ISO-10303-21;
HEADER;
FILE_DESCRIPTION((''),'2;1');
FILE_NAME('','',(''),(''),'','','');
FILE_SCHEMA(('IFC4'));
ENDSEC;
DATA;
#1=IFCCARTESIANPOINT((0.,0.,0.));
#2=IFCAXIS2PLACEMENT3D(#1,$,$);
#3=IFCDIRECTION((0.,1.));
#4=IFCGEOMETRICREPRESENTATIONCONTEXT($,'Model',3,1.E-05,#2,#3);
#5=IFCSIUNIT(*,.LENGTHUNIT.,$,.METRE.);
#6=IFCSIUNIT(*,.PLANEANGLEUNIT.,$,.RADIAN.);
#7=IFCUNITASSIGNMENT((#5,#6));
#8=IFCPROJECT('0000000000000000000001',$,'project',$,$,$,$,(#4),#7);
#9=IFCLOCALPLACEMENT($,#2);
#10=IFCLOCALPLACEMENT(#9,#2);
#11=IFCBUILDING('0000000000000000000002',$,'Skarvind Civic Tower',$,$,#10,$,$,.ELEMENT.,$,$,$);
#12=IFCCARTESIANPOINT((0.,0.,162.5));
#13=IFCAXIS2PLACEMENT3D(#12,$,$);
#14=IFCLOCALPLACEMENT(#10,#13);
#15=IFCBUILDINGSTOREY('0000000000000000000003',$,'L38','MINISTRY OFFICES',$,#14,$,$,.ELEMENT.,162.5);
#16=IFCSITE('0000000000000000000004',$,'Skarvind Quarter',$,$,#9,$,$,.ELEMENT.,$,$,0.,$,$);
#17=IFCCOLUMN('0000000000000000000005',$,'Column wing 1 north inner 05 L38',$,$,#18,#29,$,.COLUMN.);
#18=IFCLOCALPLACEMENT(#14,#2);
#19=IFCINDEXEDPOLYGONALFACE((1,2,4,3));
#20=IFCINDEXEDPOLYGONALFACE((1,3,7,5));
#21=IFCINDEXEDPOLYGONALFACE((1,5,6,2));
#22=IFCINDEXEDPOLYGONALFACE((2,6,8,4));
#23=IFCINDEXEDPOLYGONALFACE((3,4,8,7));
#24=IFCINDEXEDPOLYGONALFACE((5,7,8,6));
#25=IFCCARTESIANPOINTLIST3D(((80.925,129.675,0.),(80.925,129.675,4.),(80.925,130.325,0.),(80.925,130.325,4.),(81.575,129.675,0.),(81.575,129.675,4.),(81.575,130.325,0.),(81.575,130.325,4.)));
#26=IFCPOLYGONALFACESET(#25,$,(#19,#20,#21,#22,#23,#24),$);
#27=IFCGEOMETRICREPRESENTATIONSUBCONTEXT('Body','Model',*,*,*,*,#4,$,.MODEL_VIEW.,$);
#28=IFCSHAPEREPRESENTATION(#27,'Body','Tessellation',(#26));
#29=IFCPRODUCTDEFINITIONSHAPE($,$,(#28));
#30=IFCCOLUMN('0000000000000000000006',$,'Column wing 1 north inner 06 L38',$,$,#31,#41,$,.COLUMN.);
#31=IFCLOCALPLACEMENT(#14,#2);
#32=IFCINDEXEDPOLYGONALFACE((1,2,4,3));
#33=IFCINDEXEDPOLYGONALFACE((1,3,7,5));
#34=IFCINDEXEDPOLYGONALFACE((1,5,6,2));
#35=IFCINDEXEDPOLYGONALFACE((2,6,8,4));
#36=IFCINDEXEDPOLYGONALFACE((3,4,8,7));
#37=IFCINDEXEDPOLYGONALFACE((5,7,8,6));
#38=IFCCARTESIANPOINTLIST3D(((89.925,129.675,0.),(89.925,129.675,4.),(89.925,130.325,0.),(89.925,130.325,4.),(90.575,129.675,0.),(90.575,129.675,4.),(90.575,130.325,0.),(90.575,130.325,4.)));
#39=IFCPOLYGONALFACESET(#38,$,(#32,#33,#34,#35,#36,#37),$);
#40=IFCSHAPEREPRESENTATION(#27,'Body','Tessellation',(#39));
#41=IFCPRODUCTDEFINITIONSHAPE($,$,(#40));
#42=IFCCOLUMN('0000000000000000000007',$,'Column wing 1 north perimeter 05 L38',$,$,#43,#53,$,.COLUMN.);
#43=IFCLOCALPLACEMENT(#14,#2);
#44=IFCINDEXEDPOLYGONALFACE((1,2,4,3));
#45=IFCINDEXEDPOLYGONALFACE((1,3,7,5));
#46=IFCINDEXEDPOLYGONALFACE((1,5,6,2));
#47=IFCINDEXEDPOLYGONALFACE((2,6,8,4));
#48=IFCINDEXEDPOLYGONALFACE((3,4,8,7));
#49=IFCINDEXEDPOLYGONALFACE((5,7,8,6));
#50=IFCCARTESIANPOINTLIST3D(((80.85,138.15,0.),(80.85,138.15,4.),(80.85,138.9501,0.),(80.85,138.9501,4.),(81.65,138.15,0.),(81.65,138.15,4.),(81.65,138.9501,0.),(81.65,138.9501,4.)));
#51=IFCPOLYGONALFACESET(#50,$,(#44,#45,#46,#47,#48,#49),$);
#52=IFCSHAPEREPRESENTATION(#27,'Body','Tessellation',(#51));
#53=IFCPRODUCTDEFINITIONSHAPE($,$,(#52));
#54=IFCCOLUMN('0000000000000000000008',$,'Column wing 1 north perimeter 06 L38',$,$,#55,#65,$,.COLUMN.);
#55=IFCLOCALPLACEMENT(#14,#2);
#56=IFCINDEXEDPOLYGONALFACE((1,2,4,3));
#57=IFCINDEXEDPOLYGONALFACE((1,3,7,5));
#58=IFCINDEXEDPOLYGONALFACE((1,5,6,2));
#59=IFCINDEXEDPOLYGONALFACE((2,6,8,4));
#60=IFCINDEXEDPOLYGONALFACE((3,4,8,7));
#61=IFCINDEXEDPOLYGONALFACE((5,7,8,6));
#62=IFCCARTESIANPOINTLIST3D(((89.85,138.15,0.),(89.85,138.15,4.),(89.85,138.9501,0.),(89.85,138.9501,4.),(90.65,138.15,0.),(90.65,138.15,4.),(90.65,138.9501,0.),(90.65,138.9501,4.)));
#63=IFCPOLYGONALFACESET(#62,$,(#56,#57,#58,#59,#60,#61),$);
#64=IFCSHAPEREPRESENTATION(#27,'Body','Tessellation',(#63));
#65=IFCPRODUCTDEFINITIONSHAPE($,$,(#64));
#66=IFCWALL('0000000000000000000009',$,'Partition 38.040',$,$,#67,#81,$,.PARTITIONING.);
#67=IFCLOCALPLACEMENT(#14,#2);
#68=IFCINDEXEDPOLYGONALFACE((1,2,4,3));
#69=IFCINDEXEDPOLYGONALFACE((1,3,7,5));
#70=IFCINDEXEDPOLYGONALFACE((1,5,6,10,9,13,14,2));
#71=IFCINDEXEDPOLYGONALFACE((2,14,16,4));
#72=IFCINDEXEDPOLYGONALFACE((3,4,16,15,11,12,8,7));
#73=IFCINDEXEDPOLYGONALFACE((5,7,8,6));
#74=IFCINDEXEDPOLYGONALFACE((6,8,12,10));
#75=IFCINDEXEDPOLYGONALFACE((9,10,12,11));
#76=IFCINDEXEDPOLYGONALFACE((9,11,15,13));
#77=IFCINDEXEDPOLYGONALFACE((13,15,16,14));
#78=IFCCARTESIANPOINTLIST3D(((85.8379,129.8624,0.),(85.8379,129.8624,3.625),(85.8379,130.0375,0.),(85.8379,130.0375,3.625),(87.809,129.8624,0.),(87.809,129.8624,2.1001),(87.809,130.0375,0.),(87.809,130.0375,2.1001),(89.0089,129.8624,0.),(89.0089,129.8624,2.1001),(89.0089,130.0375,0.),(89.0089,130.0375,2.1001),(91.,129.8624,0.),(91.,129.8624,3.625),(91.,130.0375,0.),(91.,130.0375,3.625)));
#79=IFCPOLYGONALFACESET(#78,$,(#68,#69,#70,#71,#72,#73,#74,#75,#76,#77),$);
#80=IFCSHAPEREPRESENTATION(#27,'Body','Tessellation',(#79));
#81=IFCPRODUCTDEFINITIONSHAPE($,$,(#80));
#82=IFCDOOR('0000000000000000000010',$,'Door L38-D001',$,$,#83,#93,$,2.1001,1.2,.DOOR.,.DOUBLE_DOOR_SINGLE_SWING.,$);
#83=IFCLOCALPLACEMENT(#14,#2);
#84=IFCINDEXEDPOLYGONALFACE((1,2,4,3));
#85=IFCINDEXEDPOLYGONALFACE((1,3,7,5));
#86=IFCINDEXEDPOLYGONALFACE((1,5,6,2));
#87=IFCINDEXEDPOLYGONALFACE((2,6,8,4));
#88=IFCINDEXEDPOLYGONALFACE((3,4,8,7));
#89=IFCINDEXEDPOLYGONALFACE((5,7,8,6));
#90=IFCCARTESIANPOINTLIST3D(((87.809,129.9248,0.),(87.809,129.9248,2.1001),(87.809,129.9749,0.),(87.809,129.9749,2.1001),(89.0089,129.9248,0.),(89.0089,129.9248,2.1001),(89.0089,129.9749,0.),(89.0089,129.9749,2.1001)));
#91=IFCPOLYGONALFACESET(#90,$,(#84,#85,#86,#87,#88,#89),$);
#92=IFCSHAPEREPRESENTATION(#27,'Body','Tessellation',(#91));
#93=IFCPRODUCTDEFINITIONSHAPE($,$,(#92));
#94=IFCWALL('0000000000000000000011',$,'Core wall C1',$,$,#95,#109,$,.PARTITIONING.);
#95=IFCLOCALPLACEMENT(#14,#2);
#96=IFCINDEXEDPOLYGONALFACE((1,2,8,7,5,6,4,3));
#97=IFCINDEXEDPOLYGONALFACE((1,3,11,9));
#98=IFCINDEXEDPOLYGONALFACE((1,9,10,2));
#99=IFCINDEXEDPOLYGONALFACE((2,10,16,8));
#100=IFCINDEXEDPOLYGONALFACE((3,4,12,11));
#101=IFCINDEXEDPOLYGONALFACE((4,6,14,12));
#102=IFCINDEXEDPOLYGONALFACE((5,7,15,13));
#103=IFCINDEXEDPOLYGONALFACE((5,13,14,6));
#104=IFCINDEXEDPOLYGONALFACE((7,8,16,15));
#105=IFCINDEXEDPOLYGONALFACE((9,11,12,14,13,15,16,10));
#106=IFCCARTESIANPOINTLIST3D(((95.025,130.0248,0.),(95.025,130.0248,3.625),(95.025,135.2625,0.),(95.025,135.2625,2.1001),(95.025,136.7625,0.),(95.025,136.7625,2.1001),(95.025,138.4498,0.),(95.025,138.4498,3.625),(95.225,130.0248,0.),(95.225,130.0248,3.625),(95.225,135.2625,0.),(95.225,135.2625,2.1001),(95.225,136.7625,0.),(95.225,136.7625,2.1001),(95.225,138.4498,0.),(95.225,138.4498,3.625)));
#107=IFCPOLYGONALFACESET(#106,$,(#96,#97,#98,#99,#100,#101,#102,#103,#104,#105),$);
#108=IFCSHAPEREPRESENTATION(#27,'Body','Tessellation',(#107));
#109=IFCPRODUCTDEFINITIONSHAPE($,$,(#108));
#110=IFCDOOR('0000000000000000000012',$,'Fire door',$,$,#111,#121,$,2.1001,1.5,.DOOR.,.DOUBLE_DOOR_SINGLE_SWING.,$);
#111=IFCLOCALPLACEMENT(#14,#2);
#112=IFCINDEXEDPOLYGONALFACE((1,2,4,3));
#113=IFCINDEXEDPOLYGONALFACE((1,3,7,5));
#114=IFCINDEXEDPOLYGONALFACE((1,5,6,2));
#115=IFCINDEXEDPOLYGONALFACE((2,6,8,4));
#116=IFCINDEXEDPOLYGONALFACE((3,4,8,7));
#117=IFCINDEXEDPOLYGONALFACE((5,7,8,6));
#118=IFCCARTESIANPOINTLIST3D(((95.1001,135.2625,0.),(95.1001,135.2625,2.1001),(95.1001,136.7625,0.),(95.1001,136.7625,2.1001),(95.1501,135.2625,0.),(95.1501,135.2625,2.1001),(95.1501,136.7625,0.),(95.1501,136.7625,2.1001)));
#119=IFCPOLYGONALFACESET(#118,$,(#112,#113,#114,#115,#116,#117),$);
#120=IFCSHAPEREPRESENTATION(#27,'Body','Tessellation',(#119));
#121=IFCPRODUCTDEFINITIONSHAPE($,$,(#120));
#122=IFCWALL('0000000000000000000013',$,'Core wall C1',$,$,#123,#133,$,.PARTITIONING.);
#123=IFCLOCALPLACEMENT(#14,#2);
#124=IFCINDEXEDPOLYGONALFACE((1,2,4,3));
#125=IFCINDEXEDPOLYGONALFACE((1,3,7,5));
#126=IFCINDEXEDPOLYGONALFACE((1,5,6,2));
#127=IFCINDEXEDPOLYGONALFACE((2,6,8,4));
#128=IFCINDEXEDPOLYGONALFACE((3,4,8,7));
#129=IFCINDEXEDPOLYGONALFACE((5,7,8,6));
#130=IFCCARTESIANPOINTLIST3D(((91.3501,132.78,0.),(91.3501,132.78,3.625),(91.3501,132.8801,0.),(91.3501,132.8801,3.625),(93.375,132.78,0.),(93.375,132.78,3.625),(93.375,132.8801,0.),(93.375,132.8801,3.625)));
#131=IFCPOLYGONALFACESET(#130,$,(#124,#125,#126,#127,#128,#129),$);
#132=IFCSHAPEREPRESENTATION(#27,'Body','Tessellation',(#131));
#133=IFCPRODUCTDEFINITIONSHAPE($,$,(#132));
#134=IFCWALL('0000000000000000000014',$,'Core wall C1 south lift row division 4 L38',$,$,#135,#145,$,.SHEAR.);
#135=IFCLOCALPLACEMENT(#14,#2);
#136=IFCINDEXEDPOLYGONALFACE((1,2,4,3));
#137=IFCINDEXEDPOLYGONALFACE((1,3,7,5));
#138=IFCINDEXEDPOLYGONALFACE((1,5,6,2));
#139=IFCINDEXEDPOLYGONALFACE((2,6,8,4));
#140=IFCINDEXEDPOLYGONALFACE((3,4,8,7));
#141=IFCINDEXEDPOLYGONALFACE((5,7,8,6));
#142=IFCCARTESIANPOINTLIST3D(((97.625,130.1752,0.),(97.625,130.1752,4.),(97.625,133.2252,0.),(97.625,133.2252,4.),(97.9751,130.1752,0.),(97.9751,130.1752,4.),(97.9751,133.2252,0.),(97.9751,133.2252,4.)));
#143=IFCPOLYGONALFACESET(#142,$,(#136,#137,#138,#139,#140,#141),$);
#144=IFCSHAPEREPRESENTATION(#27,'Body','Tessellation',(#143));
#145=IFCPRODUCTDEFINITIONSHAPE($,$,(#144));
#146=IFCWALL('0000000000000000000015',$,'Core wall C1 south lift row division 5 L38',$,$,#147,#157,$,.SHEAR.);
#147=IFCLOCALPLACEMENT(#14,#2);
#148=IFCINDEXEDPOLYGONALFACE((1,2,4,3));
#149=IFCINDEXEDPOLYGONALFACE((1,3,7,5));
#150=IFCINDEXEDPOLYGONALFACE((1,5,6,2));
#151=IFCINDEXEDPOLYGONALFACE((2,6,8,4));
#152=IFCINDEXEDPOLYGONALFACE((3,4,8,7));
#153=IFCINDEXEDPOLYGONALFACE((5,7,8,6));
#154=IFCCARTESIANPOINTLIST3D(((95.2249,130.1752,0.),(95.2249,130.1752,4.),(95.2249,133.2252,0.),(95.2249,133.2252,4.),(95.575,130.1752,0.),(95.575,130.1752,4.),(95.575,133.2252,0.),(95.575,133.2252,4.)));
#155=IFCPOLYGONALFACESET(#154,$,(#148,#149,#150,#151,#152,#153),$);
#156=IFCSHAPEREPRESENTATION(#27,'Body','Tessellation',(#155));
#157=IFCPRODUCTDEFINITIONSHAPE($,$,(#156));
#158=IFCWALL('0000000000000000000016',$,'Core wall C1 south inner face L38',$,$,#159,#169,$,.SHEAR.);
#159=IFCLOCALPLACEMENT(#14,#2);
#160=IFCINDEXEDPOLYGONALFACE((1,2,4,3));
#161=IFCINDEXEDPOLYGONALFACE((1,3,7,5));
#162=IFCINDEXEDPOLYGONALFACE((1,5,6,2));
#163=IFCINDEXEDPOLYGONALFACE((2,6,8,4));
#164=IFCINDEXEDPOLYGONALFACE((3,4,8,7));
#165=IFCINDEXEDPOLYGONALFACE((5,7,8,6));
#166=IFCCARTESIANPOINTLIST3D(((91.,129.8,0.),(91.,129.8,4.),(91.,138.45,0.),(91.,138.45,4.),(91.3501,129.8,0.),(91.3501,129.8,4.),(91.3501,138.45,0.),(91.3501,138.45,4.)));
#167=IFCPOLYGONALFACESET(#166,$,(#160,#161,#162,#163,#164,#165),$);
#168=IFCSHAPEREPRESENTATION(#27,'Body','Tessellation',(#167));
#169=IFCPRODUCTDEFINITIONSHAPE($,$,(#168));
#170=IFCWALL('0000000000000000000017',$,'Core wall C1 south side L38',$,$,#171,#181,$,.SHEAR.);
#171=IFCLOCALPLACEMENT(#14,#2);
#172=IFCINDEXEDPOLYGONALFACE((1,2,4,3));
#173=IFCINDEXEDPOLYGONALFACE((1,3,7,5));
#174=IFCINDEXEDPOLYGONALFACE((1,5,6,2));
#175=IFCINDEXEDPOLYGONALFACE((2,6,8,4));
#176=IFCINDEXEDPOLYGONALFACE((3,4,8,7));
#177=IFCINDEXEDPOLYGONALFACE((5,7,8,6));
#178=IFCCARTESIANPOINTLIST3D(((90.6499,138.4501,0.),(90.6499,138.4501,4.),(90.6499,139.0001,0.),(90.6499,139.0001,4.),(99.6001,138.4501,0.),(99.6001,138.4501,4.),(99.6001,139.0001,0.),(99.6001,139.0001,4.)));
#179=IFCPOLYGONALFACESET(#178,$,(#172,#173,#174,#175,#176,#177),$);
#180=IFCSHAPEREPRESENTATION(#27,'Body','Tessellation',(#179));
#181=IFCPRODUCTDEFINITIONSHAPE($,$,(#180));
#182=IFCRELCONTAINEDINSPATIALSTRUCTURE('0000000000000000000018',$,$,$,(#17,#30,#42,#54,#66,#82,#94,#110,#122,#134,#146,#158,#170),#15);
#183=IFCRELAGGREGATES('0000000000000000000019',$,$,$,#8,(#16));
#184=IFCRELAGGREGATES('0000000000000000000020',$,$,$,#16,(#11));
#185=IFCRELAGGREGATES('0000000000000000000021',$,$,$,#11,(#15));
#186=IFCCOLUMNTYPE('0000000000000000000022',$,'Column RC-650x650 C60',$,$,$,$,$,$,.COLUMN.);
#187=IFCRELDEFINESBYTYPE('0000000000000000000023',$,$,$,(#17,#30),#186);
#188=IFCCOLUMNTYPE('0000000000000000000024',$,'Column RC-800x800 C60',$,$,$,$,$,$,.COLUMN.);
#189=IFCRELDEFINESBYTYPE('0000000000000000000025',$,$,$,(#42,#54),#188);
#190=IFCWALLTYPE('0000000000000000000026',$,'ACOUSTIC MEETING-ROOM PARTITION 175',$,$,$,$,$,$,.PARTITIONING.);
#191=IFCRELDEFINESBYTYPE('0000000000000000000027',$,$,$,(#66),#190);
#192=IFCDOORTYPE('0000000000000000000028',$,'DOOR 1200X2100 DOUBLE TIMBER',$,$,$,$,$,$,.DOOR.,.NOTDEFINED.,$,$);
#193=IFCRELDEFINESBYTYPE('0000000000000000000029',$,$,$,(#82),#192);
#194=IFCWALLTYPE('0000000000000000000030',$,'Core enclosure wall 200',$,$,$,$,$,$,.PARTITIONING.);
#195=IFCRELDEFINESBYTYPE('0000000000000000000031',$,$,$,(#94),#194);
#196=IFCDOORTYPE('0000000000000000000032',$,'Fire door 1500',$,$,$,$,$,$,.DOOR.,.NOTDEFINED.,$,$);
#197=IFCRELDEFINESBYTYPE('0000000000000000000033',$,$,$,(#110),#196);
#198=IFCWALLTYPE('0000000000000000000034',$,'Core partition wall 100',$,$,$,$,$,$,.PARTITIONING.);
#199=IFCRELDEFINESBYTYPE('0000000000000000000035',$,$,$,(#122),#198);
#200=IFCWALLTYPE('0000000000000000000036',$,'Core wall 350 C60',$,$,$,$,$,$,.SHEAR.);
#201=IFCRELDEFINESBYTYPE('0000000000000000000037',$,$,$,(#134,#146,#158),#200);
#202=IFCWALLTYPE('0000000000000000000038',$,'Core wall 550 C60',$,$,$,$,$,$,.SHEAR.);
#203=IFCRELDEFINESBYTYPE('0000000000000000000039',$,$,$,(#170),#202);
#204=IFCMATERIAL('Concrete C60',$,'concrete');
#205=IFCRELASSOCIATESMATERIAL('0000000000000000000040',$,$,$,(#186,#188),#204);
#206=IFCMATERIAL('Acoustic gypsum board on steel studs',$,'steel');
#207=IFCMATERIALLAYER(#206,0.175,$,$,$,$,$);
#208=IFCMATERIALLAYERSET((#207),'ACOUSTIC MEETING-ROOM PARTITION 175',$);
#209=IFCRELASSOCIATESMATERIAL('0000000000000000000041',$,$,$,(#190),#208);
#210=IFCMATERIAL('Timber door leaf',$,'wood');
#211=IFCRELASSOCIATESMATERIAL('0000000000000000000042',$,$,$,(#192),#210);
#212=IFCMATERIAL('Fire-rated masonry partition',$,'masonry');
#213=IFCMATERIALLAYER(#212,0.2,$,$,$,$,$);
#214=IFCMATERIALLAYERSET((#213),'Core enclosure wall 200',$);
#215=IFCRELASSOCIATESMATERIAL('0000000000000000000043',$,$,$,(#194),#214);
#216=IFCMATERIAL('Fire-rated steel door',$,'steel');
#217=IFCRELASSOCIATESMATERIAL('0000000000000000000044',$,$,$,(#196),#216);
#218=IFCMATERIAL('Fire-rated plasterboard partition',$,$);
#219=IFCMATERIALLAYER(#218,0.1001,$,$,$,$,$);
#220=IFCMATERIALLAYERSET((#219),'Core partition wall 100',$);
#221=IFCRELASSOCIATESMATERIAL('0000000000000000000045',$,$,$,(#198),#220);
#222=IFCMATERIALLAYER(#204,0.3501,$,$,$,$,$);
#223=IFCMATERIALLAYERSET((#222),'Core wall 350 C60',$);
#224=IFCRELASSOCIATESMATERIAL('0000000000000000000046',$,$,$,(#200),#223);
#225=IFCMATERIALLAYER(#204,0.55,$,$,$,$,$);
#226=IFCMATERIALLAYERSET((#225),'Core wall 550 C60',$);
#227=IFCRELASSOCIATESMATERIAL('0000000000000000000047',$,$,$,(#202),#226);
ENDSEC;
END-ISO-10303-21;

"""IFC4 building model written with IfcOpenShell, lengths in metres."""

from ifc_helpers import new_model, si_unit, direction, frame, frame_2d, origin, origin_2d, place, context, subcontext, project, spatial, rectangle, extrude, material, layer, layer_set, material_profile, profile_set, type_object, element, fill, save


model = new_model("IFC4")

# Units and contexts
model_context = context("Model", 3, precision=1e-05, world=origin(), true_north=direction((0.0, 1.0)))
body_context = subcontext(model_context, "Body", "Model", "MODEL_VIEW")
ifc_project = project(units=[si_unit("LENGTHUNIT", "METRE"), si_unit("PLANEANGLEUNIT", "RADIAN")], contexts=[model_context])

# Site, building, storey
site_placement = place(None, origin())
site = spatial("IfcSite", under=ifc_project, at=site_placement, Name="Skarvind Quarter", CompositionType="ELEMENT", RefElevation=0.0)
building_placement = place(site_placement, origin())
building = spatial("IfcBuilding", under=site, at=building_placement, Name="Skarvind Civic Tower", CompositionType="ELEMENT")
storey_placement = place(building_placement, frame((0.0, 0.0, 162.5)))
storey = spatial("IfcBuildingStorey", under=building, at=storey_placement, Name="L38", Description="MINISTRY OFFICES", CompositionType="ELEMENT", Elevation=162.5)

# Columns
ifc_material_1 = material(Name="Concrete C60", Category="concrete")
ifc_material_profile_1 = material_profile(ifc_material_1, rectangle(XDim=0.6499, YDim=0.6499, at=origin_2d()), Name="RC-650x650")
ifc_profile_set_1 = profile_set([ifc_material_profile_1], Name="Concrete C60")
column_type_1 = type_object("IfcColumnType", Name="Column RC-650x650 C60", PredefinedType="COLUMN", material=ifc_profile_set_1)
for number, where, z_axis, x_axis, name in (
    (1, (81.25, 130.0, 0.0), (0.0, 0.0, 1.0), (1.0, 0.0, 0.0), "Column wing 1 north inner 05 L38"),
    (2, (90.25, 130.0, 0.0), (0.0, 0.0, 1.0), (1.0, 0.0, 0.0), "Column wing 1 north inner 06 L38"),
):
    element("IfcColumn", number, at=place(storey_placement, frame(where, z_axis=z_axis, x_axis=x_axis)), inside=storey, type_object=column_type_1, Name=name, PredefinedType="COLUMN", context=body_context, shape_type="SweptSolid", body=[
        extrude(rectangle(XDim=0.6499, YDim=0.6499, at=origin_2d()), origin(), (0.0, 0.0, 1.0), 4.0),
    ])
ifc_material_profile_2 = material_profile(ifc_material_1, rectangle(XDim=0.8, YDim=0.8, at=origin_2d()), Name="RC-800x800")
ifc_profile_set_2 = profile_set([ifc_material_profile_2], Name="Concrete C60")
column_type_2 = type_object("IfcColumnType", Name="Column RC-800x800 C60", PredefinedType="COLUMN", material=ifc_profile_set_2)
for number, where, z_axis, x_axis, name in (
    (3, (81.25, 138.55, 0.0), (0.0, 0.0, 1.0), (1.0, 0.0, 0.0), "Column wing 1 north perimeter 05 L38"),
    (4, (90.25, 138.55, 0.0), (0.0, 0.0, 1.0), (1.0, 0.0, 0.0), "Column wing 1 north perimeter 06 L38"),
):
    element("IfcColumn", number, at=place(storey_placement, frame(where, z_axis=z_axis, x_axis=x_axis)), inside=storey, type_object=column_type_2, Name=name, PredefinedType="COLUMN", context=body_context, shape_type="SweptSolid", body=[
        extrude(rectangle(XDim=0.8, YDim=0.8, at=origin_2d()), origin(), (0.0, 0.0, 1.0), 4.0),
    ])

# Walls, openings, doors
ifc_material_2 = material(Name="Acoustic gypsum board on steel studs", Category="steel")
ifc_layer_1 = layer(ifc_material_2, 0.175)
ifc_layer_set_1 = layer_set([ifc_layer_1], Name="ACOUSTIC MEETING-ROOM PARTITION 175")
wall_type_1 = type_object("IfcWallType", Name="ACOUSTIC MEETING-ROOM PARTITION 175", PredefinedType="PARTITIONING", material=ifc_layer_set_1)
wall_1_placement = place(storey_placement, frame((85.8379, 129.95, 0.0), z_axis=(0.0, 0.0, 1.0), x_axis=(1.0, 0.0, 0.0)))
wall_1 = element("IfcWall", 5, at=wall_1_placement, inside=storey, type_object=wall_type_1, Name="Partition 38.040", PredefinedType="PARTITIONING", context=body_context, shape_type="SweptSolid", body=[
    extrude(rectangle(XDim=5.1621, YDim=0.175, at=frame_2d((2.5811, 0.0))), origin(), (0.0, 0.0, 1.0), 3.625),
])
opening_1_placement = place(wall_1_placement, frame((1.9709, 0.0, 0.0)))
opening_1 = element("IfcOpeningElement", 6, at=opening_1_placement, cuts=wall_1, PredefinedType="OPENING", context=body_context, shape_type="SweptSolid", body=[
    extrude(rectangle(XDim=1.2, YDim=2.1001, at=frame_2d((0.6001, 1.05))), frame((0.0, 0.0974, 0.0), z_axis=(0.0, -1.0, 0.0), x_axis=(1.0, 0.0, 0.0)), (0.0, 0.0, 1.0), 0.1951),
])
ifc_material_3 = material(Name="Timber door leaf", Category="wood")
door_type_1 = type_object("IfcDoorType", Name="DOOR 1200X2100 DOUBLE TIMBER", OperationType="NOTDEFINED", PredefinedType="DOOR", material=ifc_material_3)
door_1_placement = place(opening_1_placement, origin())
door_1 = element("IfcDoor", 7, at=door_1_placement, inside=storey, type_object=door_type_1, Name="Door L38-D001", OperationType="DOUBLE_DOOR_SINGLE_SWING", OverallHeight=2.1001, OverallWidth=1.2, PredefinedType="DOOR", context=body_context, shape_type="SweptSolid", body=[
    extrude(rectangle(XDim=1.2, YDim=2.1001, at=frame_2d((0.6001, 1.05))), frame((0.0, 0.0249, 0.0), z_axis=(0.0, -1.0, 0.0), x_axis=(1.0, 0.0, 0.0)), (0.0, 0.0, 1.0), 0.05),
])
fill(opening_1, door_1)
ifc_material_4 = material(Name="Fire-rated masonry partition", Category="masonry")
ifc_layer_2 = layer(ifc_material_4, 0.2)
ifc_layer_set_2 = layer_set([ifc_layer_2], Name="Core enclosure wall 200")
wall_type_2 = type_object("IfcWallType", Name="Core enclosure wall 200", PredefinedType="PARTITIONING", material=ifc_layer_set_2)
wall_2_placement = place(storey_placement, frame((95.125, 130.0249, 0.0), z_axis=(0.0, 0.0, 1.0), x_axis=(0.0, 1.0, 0.0)))
wall_2 = element("IfcWall", 8, at=wall_2_placement, inside=storey, type_object=wall_type_2, Name="Core wall C1", PredefinedType="PARTITIONING", context=body_context, shape_type="SweptSolid", body=[
    extrude(rectangle(XDim=8.425, YDim=0.2, at=frame_2d((4.2124, 0.0))), origin(), (0.0, 0.0, 1.0), 3.625),
])
opening_2_placement = place(wall_2_placement, frame((5.2375, 0.0, 0.0)))
opening_2 = element("IfcOpeningElement", 9, at=opening_2_placement, cuts=wall_2, PredefinedType="OPENING", context=body_context, shape_type="SweptSolid", body=[
    extrude(rectangle(XDim=1.5, YDim=2.1001, at=frame_2d((0.75, 1.05))), frame((0.0, 0.1099, 0.0), z_axis=(0.0, -1.0, 0.0), x_axis=(1.0, 0.0, 0.0)), (0.0, 0.0, 1.0), 0.22),
])
ifc_material_5 = material(Name="Fire-rated steel door", Category="steel")
door_type_2 = type_object("IfcDoorType", Name="Fire door 1500", OperationType="NOTDEFINED", PredefinedType="DOOR", material=ifc_material_5)
door_2_placement = place(opening_2_placement, origin())
door_2 = element("IfcDoor", 10, at=door_2_placement, inside=storey, type_object=door_type_2, Name="Fire door", OperationType="DOUBLE_DOOR_SINGLE_SWING", OverallHeight=2.1001, OverallWidth=1.5, PredefinedType="DOOR", context=body_context, shape_type="SweptSolid", body=[
    extrude(rectangle(XDim=1.5, YDim=2.1001, at=frame_2d((0.75, 1.05))), frame((0.0, 0.0249, 0.0), z_axis=(0.0, -1.0, 0.0), x_axis=(1.0, 0.0, 0.0)), (0.0, 0.0, 1.0), 0.05),
])
fill(opening_2, door_2)

# Walls
ifc_material_6 = material(Name="Fire-rated plasterboard partition")
ifc_layer_3 = layer(ifc_material_6, 0.1001)
ifc_layer_set_3 = layer_set([ifc_layer_3], Name="Core partition wall 100")
wall_type_3 = type_object("IfcWallType", Name="Core partition wall 100", PredefinedType="PARTITIONING", material=ifc_layer_set_3)
wall_3_placement = place(storey_placement, frame((91.3501, 132.8301, 0.0), z_axis=(0.0, 0.0, 1.0), x_axis=(1.0, 0.0, 0.0)))
element("IfcWall", 11, at=wall_3_placement, inside=storey, type_object=wall_type_3, Name="Core wall C1", PredefinedType="PARTITIONING", context=body_context, shape_type="SweptSolid", body=[
    extrude(rectangle(XDim=2.0249, YDim=0.1001, at=frame_2d((1.0125, 0.0))), origin(), (0.0, 0.0, 1.0), 3.625),
])
ifc_layer_4 = layer(ifc_material_1, 0.3501)
ifc_layer_set_4 = layer_set([ifc_layer_4], Name="Core wall 350 C60")
wall_type_4 = type_object("IfcWallType", Name="Core wall 350 C60", PredefinedType="SHEAR", material=ifc_layer_set_4)
for number, where, z_axis, x_axis, name in (
    (12, (97.8, 133.2251, 0.0), (0.0, 0.0, 1.0), (0.0, -1.0, 0.0), "Core wall C1 south lift row division 4 L38"),
    (13, (95.3999, 133.2251, 0.0), (0.0, 0.0, 1.0), (0.0, -1.0, 0.0), "Core wall C1 south lift row division 5 L38"),
):
    element("IfcWall", number, at=place(storey_placement, frame(where, z_axis=z_axis, x_axis=x_axis)), inside=storey, type_object=wall_type_4, Name=name, PredefinedType="SHEAR", context=body_context, shape_type="SweptSolid", body=[
        extrude(rectangle(XDim=3.05, YDim=0.3501, at=frame_2d((1.5249, 0.0))), origin(), (0.0, 0.0, 1.0), 4.0),
    ])
wall_4_placement = place(storey_placement, frame((91.175, 138.45, 0.0), z_axis=(0.0, 0.0, 1.0), x_axis=(0.0, -1.0, 0.0)))
element("IfcWall", 14, at=wall_4_placement, inside=storey, type_object=wall_type_4, Name="Core wall C1 south inner face L38", PredefinedType="SHEAR", context=body_context, shape_type="SweptSolid", body=[
    extrude(rectangle(XDim=8.6499, YDim=0.3501, at=frame_2d((4.325, 0.0))), origin(), (0.0, 0.0, 1.0), 4.0),
])
ifc_layer_5 = layer(ifc_material_1, 0.55)
ifc_layer_set_5 = layer_set([ifc_layer_5], Name="Core wall 550 C60")
wall_type_5 = type_object("IfcWallType", Name="Core wall 550 C60", PredefinedType="SHEAR", material=ifc_layer_set_5)
wall_5_placement = place(storey_placement, frame((99.6001, 138.7251, 0.0), z_axis=(0.0, 0.0, 1.0), x_axis=(-1.0, 0.0, 0.0)))
element("IfcWall", 15, at=wall_5_placement, inside=storey, type_object=wall_type_5, Name="Core wall C1 south side L38", PredefinedType="SHEAR", context=body_context, shape_type="SweptSolid", body=[
    extrude(rectangle(XDim=8.9502, YDim=0.55, at=frame_2d((4.4751, 0.0))), origin(), (0.0, 0.0, 1.0), 4.0),
])

save(model, "model.ifc")
